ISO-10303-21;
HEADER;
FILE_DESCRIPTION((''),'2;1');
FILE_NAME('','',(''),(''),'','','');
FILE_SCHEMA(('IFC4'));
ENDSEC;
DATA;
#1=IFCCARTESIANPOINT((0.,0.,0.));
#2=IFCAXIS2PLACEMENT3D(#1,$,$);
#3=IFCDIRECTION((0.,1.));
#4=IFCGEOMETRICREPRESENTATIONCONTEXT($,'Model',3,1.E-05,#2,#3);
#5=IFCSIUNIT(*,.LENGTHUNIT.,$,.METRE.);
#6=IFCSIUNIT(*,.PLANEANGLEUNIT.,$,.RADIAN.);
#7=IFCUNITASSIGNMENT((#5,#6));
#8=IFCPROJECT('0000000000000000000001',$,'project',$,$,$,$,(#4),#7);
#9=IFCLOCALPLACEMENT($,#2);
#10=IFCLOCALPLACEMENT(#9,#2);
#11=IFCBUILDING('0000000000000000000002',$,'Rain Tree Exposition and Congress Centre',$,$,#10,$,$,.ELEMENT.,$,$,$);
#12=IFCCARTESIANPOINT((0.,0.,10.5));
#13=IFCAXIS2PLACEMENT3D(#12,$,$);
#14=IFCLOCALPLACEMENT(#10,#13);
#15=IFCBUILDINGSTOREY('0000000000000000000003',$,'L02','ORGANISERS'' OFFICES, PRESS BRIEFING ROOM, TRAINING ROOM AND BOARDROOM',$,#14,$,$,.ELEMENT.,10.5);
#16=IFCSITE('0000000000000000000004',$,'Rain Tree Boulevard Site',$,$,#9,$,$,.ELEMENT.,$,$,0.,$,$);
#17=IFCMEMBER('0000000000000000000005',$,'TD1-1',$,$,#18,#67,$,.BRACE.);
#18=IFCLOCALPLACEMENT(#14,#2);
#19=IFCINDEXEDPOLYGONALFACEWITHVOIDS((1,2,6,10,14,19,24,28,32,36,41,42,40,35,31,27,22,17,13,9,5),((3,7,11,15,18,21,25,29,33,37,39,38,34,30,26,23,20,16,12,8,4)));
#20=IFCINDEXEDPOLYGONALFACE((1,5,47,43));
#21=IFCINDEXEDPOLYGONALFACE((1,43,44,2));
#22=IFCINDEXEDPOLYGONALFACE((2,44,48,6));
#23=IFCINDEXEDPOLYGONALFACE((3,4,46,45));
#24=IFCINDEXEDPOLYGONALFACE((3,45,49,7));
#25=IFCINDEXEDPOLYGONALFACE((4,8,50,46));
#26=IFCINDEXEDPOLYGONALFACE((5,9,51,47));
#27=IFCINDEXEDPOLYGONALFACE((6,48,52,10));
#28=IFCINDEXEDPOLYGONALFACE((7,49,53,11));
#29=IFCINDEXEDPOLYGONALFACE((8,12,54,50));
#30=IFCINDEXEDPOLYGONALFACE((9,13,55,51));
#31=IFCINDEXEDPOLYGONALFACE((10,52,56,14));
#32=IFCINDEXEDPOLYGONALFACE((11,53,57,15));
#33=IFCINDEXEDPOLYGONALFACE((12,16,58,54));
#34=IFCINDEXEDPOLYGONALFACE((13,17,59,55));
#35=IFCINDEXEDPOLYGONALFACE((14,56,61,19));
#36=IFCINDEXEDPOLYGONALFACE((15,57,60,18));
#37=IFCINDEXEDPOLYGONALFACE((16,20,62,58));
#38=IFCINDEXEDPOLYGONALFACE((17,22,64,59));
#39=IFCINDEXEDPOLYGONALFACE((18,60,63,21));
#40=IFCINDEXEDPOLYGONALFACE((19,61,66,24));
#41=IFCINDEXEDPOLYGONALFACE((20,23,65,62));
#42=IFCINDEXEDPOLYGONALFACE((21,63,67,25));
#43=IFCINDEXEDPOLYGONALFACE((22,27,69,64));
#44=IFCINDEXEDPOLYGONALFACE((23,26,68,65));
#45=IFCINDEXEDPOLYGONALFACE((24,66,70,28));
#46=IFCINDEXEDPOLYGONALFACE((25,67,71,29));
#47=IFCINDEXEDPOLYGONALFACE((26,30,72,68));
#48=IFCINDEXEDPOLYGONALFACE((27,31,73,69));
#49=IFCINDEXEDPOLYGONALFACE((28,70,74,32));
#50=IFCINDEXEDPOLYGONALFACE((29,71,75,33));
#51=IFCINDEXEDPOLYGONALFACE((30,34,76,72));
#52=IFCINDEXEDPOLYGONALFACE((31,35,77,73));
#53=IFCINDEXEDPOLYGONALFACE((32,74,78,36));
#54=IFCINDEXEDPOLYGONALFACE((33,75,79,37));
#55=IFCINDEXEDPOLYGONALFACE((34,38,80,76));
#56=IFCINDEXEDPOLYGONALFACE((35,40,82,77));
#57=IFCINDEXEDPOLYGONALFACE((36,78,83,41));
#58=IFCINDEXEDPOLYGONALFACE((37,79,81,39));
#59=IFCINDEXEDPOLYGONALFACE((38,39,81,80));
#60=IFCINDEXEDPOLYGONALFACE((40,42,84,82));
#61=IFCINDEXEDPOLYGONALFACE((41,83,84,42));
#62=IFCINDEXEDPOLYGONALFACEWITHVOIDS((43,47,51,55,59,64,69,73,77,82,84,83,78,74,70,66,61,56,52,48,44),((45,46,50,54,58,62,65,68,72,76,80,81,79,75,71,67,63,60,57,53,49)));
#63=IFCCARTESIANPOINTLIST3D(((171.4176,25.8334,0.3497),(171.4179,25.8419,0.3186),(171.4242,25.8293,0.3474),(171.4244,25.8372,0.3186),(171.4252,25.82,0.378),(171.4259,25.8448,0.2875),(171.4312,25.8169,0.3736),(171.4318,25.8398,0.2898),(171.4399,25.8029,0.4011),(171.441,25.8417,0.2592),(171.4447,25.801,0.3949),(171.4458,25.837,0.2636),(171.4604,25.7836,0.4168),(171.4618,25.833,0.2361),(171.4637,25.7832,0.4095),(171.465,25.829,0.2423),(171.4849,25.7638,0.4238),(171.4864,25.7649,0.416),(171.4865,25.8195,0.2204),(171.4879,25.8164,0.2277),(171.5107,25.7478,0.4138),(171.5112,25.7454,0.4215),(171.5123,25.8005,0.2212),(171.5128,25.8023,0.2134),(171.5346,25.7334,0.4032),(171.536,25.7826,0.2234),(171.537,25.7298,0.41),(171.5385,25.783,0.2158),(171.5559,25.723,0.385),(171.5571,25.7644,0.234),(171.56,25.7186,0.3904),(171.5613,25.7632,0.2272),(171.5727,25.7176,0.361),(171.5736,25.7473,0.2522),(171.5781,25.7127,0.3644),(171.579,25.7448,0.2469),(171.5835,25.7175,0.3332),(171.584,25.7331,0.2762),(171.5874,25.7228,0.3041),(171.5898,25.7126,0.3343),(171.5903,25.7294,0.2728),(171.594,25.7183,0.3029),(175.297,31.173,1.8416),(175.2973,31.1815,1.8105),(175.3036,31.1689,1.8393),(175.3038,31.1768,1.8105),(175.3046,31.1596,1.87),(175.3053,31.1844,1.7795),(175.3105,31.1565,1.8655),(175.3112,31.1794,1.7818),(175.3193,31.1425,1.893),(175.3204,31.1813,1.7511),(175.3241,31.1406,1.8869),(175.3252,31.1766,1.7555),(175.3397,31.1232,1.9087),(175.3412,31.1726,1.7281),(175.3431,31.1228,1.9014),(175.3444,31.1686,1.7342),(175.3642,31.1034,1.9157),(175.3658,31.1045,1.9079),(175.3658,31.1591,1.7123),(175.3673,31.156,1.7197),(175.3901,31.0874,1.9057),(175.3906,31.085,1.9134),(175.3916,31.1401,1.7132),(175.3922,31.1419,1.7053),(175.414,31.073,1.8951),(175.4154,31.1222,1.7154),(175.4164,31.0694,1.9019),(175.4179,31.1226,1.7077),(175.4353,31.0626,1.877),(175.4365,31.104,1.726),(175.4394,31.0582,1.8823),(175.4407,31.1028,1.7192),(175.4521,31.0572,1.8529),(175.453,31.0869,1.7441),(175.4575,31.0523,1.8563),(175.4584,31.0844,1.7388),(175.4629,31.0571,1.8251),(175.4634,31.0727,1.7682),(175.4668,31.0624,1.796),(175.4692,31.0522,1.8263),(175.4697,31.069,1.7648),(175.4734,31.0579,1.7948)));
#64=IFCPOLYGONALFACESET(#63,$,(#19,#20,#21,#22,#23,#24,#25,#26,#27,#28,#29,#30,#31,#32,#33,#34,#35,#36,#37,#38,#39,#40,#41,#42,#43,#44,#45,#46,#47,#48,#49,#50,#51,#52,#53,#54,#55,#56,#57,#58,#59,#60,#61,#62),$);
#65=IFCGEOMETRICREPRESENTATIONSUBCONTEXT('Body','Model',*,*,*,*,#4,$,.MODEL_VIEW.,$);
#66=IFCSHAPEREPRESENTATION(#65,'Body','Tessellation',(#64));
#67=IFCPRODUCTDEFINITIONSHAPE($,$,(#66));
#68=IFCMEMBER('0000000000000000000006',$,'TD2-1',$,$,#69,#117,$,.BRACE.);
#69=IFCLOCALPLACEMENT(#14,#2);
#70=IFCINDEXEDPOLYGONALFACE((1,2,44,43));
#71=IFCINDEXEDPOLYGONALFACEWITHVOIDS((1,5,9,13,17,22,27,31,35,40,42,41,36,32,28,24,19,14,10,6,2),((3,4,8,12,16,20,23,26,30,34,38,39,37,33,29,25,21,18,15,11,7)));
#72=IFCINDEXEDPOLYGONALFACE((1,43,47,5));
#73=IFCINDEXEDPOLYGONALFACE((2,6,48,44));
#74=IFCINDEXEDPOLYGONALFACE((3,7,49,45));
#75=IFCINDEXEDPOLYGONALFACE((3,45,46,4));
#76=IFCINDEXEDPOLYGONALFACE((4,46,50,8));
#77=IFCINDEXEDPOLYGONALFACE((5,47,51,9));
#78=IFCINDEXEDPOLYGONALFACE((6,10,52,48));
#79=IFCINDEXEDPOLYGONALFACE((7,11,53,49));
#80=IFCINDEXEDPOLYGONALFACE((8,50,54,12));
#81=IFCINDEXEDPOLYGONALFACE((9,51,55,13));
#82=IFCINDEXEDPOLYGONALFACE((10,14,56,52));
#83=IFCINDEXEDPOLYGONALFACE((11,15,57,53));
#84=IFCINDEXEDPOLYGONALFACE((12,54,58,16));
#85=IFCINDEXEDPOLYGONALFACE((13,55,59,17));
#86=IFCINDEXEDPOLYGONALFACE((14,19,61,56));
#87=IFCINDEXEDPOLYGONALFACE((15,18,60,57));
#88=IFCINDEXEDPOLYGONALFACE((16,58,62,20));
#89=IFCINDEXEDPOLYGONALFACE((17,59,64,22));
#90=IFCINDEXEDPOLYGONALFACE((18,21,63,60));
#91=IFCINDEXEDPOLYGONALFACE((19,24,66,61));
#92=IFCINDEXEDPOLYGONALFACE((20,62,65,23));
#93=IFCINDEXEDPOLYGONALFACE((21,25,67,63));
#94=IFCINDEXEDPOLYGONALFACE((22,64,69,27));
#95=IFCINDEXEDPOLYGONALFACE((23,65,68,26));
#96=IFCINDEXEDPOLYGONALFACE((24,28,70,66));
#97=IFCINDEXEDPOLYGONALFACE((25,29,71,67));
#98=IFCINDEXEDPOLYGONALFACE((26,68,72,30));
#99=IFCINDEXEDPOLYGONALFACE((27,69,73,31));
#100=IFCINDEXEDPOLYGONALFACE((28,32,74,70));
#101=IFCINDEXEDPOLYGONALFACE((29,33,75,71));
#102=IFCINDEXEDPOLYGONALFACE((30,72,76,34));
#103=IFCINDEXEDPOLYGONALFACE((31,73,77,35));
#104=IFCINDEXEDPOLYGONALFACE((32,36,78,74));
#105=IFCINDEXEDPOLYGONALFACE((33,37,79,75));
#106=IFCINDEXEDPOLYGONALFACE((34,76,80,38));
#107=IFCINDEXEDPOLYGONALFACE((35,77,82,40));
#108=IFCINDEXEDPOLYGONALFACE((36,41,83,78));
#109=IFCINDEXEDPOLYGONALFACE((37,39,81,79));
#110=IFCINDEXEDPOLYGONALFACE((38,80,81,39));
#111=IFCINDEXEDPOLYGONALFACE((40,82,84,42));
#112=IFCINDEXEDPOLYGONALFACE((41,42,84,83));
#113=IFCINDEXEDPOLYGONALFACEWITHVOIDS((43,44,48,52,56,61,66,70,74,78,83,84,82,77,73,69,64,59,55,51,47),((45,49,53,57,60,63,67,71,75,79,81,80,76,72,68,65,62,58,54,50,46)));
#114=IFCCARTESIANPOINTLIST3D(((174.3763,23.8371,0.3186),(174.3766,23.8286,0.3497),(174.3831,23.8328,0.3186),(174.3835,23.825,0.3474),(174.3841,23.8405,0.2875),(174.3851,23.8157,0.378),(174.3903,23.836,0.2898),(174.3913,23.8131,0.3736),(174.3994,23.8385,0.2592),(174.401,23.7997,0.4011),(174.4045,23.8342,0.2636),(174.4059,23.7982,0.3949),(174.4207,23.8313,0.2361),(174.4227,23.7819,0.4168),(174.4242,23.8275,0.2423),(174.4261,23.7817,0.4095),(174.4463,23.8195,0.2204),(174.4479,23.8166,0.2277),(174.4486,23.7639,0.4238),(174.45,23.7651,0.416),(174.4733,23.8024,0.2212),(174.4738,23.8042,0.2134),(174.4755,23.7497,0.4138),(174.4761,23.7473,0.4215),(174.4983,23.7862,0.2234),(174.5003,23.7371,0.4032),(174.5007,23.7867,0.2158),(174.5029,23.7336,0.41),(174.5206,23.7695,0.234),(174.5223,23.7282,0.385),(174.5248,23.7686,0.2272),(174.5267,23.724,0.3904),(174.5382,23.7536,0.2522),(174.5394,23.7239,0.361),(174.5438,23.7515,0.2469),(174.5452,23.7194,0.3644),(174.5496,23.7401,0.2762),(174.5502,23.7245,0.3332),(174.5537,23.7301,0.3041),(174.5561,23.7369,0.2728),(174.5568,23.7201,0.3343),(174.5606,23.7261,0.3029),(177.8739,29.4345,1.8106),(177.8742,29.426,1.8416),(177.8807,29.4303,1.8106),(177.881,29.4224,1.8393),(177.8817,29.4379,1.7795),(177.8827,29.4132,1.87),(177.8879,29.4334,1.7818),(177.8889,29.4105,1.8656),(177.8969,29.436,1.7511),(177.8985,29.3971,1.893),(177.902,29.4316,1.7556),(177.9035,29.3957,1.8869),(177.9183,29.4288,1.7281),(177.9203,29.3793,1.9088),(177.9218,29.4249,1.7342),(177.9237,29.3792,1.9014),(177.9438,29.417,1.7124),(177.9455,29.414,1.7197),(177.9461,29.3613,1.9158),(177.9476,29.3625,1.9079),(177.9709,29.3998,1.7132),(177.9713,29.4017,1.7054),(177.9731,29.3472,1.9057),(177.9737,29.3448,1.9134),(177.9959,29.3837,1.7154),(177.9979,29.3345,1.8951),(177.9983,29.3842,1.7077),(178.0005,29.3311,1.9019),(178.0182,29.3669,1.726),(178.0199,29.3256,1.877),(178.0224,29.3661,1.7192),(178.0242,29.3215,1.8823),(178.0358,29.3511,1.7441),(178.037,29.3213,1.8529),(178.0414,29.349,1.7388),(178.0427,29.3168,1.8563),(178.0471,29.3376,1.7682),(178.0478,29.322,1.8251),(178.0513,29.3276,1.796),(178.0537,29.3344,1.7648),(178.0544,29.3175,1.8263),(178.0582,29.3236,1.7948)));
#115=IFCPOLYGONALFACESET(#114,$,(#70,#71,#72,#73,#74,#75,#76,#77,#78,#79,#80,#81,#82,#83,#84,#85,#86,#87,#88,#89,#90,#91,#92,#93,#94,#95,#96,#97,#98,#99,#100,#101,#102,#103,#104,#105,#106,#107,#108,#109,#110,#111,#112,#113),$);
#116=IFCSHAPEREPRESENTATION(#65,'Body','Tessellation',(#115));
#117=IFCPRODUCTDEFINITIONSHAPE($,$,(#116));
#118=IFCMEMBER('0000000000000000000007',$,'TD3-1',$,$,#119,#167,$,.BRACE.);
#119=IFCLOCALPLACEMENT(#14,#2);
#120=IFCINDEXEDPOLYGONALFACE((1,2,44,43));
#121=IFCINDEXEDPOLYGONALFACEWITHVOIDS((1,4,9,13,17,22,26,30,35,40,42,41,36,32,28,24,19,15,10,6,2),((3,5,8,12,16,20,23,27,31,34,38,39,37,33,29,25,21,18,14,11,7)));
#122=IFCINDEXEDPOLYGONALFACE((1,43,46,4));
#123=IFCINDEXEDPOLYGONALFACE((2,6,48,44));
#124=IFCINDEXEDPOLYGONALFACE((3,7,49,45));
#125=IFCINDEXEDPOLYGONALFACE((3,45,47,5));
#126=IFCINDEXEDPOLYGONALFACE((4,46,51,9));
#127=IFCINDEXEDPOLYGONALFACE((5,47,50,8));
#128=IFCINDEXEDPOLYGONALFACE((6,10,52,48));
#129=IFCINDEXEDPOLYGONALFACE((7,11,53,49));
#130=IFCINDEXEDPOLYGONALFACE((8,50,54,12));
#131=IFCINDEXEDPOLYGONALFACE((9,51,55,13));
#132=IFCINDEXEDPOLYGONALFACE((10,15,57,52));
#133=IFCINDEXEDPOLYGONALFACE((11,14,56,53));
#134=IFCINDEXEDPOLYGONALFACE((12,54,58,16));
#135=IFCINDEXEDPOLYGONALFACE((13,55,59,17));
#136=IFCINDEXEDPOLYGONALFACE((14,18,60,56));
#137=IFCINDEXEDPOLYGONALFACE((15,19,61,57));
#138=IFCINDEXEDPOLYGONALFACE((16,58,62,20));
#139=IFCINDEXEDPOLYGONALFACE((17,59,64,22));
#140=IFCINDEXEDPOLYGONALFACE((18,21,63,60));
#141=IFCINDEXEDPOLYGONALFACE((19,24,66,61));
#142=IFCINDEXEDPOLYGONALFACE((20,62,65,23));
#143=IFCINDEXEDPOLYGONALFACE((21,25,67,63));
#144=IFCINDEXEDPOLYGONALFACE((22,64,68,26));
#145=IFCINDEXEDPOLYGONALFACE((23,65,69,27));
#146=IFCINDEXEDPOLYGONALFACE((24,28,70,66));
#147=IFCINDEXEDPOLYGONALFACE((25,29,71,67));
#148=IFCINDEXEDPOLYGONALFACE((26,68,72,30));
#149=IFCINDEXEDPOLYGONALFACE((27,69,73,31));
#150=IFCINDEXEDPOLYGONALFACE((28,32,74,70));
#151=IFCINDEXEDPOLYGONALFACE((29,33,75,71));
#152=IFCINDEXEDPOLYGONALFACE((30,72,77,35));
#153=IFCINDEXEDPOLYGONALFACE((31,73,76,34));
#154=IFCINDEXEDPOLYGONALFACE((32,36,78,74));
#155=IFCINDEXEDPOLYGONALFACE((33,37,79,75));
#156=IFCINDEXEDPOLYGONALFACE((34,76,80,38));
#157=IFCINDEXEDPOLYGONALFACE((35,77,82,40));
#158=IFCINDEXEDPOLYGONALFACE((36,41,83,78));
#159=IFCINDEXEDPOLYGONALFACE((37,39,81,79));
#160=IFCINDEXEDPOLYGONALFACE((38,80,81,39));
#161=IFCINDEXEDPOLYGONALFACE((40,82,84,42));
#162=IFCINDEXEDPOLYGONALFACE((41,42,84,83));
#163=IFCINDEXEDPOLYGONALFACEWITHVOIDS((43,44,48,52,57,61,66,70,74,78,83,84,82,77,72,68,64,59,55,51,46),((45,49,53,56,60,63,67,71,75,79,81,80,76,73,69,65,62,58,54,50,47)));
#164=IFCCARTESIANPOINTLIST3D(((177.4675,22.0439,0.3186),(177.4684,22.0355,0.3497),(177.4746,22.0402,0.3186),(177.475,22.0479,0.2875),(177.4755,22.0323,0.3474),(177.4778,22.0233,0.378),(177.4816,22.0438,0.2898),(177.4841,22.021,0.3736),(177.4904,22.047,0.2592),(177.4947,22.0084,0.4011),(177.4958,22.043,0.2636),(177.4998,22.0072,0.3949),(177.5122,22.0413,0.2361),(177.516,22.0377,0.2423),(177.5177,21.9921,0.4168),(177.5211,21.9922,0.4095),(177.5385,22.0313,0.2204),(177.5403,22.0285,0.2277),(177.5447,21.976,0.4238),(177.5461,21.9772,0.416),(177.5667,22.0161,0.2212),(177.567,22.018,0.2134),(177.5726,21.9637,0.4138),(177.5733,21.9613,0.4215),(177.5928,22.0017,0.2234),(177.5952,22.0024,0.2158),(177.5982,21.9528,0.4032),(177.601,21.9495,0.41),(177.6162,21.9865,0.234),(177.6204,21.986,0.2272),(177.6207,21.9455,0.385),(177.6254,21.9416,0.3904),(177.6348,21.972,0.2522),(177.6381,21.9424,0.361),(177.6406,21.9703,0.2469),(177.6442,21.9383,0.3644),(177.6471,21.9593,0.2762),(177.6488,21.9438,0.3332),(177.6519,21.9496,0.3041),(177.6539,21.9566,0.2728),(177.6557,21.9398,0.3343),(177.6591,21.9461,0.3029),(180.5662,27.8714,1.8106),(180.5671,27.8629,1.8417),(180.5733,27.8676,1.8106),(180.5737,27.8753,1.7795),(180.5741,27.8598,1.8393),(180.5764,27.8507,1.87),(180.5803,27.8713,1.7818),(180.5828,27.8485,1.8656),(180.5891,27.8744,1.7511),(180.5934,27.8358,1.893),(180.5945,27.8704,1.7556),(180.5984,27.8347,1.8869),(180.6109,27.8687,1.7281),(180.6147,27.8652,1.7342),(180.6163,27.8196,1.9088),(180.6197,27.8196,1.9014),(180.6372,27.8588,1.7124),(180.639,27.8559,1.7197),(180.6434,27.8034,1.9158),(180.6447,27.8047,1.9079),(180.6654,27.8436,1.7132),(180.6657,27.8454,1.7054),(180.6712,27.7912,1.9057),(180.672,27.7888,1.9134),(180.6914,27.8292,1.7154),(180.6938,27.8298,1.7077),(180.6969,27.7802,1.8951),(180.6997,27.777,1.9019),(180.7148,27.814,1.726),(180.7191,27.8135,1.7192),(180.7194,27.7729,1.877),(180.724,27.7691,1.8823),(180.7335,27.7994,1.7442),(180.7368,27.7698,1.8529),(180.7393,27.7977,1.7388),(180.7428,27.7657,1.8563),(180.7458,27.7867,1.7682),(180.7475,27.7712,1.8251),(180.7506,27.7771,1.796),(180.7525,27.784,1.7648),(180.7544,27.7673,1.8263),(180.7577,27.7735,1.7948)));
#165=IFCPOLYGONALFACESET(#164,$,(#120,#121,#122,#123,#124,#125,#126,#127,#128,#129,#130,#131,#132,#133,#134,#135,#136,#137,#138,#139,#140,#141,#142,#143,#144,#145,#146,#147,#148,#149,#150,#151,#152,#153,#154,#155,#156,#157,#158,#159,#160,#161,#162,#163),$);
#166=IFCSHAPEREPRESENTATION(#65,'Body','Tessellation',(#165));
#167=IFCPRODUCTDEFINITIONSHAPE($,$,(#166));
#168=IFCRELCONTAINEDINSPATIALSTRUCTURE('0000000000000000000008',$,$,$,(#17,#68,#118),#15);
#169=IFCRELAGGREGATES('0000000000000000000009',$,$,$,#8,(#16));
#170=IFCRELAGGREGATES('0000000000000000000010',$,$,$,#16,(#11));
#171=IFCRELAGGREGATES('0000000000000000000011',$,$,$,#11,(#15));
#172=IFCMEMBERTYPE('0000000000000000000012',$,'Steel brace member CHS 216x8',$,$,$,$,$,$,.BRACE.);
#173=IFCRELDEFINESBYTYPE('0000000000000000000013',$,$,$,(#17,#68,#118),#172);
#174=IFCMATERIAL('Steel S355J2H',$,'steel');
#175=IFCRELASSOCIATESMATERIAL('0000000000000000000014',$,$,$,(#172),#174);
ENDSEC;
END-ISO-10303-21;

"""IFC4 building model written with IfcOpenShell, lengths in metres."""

from ifc_helpers import new_model, si_unit, direction, frame, origin, origin_2d, place, context, subcontext, project, spatial, hollow_circle, extrude, material, material_profile, profile_set, type_object, element, save


model = new_model("IFC4")

# Units and contexts
model_context = context("Model", 3, precision=1e-05, world=origin(), true_north=direction((0.0, 1.0)))
body_context = subcontext(model_context, "Body", "Model", "MODEL_VIEW")
ifc_project = project(units=[si_unit("LENGTHUNIT", "METRE"), si_unit("PLANEANGLEUNIT", "RADIAN")], contexts=[model_context])

# Site, building, storey
site_placement = place(None, origin())
site = spatial("IfcSite", under=ifc_project, at=site_placement, Name="Rain Tree Boulevard Site", CompositionType="ELEMENT", RefElevation=0.0)
building_placement = place(site_placement, origin())
building = spatial("IfcBuilding", under=site, at=building_placement, Name="Rain Tree Exposition and Congress Centre", CompositionType="ELEMENT")
storey_placement = place(building_placement, frame((0.0, 0.0, 10.5)))
storey = spatial("IfcBuildingStorey", under=building, at=storey_placement, Name="L02", Description="ORGANISERS' OFFICES, PRESS BRIEFING ROOM, TRAINING ROOM AND BOARDROOM", CompositionType="ELEMENT", Elevation=10.5)

# Members
ifc_material_1 = material(Name="Steel S355J2H", Category="steel")
ifc_material_profile_1 = material_profile(ifc_material_1, hollow_circle(Radius=0.1082, WallThickness=0.0081, at=origin_2d()), Name="CHS 216x8")
ifc_profile_set_1 = profile_set([ifc_material_profile_1], Name="Steel S355J2H")
member_type_1 = type_object("IfcMemberType", Name="Steel brace member CHS 216x8", PredefinedType="BRACE", material=ifc_profile_set_1)
member_1_placement = place(storey_placement, frame((171.5054, 25.7783, 0.3186), z_axis=(0.573315, 0.789111, 0.220486), x_axis=(-0.809021, 0.58778, 0.0)))
element("IfcMember", 1, at=member_1_placement, inside=storey, type_object=member_type_1, Name="TD1-1", PredefinedType="BRACE", context=body_context, shape_type="SweptSolid", body=[
    extrude(hollow_circle(Radius=0.1082, WallThickness=0.0081, at=origin_2d()), origin(), (0.0, 0.0, 1.0), 6.7666),
])
member_2_placement = place(storey_placement, frame((174.468, 23.7798, 0.3186), z_axis=(0.516869, 0.827185, 0.220479), x_axis=(-0.848054, 0.529909, 0.0)))
element("IfcMember", 2, at=member_2_placement, inside=storey, type_object=member_type_1, Name="TD2-1", PredefinedType="BRACE", context=body_context, shape_type="SweptSolid", body=[
    extrude(hollow_circle(Radius=0.1082, WallThickness=0.0081, at=origin_2d()), origin(), (0.0, 0.0, 1.0), 6.7668),
])
member_3_placement = place(storey_placement, frame((177.563, 21.9932, 0.3186), z_axis=(0.457935, 0.861208, 0.220489), x_axis=(-0.882938, 0.46949, 0.0)))
element("IfcMember", 3, at=member_3_placement, inside=storey, type_object=member_type_1, Name="TD3-1", PredefinedType="BRACE", context=body_context, shape_type="SweptSolid", body=[
    extrude(hollow_circle(Radius=0.1082, WallThickness=0.0081, at=origin_2d()), origin(), (0.0, 0.0, 1.0), 6.7666),
])

save(model, "model.ifc")
